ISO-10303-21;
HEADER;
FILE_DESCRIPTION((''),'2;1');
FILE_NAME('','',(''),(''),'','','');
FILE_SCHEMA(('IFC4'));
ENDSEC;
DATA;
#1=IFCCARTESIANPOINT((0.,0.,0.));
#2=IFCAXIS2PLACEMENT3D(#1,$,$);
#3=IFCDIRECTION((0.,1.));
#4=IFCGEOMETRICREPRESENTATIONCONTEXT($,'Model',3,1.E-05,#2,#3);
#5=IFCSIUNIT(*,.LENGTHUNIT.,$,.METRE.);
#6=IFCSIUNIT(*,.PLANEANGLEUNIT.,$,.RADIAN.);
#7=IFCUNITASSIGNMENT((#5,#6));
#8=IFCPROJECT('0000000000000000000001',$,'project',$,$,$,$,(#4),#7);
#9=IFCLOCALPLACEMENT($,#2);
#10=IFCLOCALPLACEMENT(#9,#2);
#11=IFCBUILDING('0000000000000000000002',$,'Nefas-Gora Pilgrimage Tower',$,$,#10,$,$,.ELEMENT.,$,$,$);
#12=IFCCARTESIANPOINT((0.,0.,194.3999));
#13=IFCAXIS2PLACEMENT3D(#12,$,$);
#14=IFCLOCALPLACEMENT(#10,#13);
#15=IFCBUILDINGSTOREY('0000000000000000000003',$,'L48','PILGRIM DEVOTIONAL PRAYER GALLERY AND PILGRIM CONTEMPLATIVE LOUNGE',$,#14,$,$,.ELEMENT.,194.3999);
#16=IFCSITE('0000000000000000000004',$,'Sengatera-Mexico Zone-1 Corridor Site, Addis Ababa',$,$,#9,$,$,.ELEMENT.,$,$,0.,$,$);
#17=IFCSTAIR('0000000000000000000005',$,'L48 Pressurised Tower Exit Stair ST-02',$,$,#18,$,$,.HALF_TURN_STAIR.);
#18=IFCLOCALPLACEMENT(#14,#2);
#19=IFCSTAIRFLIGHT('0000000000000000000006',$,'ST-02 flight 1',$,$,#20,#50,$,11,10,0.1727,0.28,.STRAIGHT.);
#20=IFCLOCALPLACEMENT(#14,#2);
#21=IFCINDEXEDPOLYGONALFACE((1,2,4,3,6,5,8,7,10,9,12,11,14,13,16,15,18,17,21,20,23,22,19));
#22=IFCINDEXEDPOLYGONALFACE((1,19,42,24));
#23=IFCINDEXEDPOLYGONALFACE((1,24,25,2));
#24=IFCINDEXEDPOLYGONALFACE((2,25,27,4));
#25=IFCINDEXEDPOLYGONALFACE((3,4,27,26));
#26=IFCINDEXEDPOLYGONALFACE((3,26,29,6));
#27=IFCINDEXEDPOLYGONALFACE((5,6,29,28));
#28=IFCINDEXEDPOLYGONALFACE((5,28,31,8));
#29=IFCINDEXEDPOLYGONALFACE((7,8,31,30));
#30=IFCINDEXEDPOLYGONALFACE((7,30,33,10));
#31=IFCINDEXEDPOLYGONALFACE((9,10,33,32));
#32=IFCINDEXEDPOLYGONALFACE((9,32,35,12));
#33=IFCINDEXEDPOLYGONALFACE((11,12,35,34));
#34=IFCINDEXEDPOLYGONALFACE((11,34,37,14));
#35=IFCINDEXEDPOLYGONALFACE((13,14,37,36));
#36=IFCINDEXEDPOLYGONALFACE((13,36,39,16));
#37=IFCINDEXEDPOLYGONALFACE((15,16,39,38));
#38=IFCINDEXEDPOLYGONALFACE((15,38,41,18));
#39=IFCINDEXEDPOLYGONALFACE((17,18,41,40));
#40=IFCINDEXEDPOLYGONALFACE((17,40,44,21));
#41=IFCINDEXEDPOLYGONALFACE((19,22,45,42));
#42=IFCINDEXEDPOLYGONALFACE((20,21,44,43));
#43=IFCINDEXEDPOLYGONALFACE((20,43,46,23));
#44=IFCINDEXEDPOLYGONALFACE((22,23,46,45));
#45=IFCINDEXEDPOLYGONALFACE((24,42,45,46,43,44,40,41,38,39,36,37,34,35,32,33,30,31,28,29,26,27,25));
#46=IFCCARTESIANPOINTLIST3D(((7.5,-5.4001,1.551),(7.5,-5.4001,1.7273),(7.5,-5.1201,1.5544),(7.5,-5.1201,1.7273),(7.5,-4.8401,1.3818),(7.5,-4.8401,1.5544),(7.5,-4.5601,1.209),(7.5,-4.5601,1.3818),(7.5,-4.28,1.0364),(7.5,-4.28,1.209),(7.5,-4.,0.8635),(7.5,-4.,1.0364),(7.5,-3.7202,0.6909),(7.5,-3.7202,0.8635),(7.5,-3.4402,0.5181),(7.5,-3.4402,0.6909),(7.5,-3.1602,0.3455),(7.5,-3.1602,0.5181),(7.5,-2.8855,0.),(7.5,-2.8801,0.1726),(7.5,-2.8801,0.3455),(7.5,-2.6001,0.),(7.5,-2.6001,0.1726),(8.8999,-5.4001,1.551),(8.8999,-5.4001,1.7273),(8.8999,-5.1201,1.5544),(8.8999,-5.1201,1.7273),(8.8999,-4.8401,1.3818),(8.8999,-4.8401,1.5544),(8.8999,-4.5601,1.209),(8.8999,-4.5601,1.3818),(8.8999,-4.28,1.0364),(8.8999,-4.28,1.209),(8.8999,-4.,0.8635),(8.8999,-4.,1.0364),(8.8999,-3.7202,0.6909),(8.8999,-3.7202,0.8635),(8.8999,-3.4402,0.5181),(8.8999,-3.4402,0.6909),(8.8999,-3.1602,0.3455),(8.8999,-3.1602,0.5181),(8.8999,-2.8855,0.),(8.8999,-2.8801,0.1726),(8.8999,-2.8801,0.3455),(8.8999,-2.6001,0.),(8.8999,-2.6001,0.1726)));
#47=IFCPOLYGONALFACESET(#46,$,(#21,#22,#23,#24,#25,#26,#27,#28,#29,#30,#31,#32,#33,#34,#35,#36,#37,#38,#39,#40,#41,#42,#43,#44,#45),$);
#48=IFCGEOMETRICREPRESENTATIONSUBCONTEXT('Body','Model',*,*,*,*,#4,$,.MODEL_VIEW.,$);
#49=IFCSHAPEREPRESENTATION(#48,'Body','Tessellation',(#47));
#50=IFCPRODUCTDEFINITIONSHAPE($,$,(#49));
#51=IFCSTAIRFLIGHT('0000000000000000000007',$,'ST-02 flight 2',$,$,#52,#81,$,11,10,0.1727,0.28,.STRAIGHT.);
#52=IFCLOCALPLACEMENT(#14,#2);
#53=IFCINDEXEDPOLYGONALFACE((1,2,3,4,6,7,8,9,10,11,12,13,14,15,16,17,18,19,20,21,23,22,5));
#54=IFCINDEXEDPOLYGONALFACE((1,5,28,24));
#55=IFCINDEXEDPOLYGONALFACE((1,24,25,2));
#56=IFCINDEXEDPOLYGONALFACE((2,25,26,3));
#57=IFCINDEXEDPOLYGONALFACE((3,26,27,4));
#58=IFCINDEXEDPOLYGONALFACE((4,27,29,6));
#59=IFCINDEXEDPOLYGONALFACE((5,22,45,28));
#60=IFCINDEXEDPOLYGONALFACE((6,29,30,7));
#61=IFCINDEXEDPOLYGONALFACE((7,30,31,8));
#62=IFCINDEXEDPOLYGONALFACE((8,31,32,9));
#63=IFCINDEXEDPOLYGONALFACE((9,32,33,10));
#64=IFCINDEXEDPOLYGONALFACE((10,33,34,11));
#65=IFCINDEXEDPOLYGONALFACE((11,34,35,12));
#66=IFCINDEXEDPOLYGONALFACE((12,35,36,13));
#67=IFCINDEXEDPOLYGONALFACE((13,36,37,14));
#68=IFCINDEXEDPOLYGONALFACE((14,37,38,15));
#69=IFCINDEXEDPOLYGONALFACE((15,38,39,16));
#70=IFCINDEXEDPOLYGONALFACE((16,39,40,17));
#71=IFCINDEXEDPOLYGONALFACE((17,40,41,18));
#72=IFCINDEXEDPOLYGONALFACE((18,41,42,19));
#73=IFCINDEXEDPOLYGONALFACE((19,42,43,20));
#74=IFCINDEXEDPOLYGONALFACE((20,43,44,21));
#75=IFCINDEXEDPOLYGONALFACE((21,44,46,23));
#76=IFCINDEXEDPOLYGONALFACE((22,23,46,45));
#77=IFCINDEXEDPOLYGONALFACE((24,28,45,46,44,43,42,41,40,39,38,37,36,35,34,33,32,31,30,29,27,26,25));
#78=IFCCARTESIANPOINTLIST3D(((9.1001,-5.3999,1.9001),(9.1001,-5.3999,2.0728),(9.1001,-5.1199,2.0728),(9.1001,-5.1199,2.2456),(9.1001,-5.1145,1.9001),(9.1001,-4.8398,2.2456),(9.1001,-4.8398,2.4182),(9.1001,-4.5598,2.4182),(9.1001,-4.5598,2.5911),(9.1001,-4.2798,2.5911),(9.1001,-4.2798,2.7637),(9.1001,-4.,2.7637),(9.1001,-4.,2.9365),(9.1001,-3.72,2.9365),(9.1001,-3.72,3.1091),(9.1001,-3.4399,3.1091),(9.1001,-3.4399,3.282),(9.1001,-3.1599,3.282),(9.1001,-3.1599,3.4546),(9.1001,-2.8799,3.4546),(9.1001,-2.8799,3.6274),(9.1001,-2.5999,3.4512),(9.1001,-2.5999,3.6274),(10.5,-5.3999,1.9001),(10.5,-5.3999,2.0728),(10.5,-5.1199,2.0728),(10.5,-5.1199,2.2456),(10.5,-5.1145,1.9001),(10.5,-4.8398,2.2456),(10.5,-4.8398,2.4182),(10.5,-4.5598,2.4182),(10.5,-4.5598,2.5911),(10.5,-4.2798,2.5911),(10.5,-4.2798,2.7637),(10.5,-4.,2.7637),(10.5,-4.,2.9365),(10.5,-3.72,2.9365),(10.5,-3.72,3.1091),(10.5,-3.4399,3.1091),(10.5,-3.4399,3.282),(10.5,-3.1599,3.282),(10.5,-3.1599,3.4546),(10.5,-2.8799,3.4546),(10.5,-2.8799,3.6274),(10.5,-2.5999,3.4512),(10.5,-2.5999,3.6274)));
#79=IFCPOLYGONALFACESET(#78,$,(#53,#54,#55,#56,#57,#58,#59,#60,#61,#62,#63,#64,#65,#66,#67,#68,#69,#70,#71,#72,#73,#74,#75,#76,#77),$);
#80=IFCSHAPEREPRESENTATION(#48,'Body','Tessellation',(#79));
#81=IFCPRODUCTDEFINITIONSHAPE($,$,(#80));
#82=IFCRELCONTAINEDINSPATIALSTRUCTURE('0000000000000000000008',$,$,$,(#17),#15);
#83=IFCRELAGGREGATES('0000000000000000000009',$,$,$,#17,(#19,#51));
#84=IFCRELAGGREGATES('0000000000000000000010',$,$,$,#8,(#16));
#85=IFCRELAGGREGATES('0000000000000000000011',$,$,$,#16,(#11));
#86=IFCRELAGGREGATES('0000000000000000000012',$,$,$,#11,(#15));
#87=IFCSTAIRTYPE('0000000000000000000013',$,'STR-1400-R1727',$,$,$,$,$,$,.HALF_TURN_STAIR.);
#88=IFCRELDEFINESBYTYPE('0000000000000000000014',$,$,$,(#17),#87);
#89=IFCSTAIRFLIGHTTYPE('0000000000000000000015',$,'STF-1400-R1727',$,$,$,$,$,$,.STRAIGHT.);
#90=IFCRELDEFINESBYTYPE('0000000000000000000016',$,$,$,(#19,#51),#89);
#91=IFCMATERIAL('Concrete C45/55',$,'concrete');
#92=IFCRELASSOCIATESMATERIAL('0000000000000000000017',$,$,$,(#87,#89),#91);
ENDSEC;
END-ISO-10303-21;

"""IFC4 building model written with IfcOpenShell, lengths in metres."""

from ifc_helpers import new_model, si_unit, direction, frame, origin, place, context, subcontext, project, spatial, polyline, outline, extrude, source, transform, mapped, material, type_object, element, aggregate, save


model = new_model("IFC4")

# Units and contexts
model_context = context("Model", 3, precision=1e-05, world=origin(), true_north=direction((0.0, 1.0)))
body_context = subcontext(model_context, "Body", "Model", "MODEL_VIEW")
ifc_project = project(units=[si_unit("LENGTHUNIT", "METRE"), si_unit("PLANEANGLEUNIT", "RADIAN")], contexts=[model_context])

# Site, building, storey
site_placement = place(None, origin())
site = spatial("IfcSite", under=ifc_project, at=site_placement, Name="Sengatera-Mexico Zone-1 Corridor Site, Addis Ababa", CompositionType="ELEMENT", RefElevation=0.0)
building_placement = place(site_placement, origin())
building = spatial("IfcBuilding", under=site, at=building_placement, Name="Nefas-Gora Pilgrimage Tower", CompositionType="ELEMENT")
storey_placement = place(building_placement, frame((0.0, 0.0, 194.3999)))
storey = spatial("IfcBuildingStorey", under=building, at=storey_placement, Name="L48", Description="PILGRIM DEVOTIONAL PRAYER GALLERY AND PILGRIM CONTEMPLATIVE LOUNGE", CompositionType="ELEMENT", Elevation=194.3999)

# Shared definitions
ifc_material_1 = material(Name="Concrete C45/55", Category="concrete")

# Stair, stair flights
stair_type = type_object("IfcStairType", Name="STR-1400-R1727", PredefinedType="HALF_TURN_STAIR", material=ifc_material_1)
stair_placement = place(storey_placement, origin())
stair = element("IfcStair", 1, at=stair_placement, inside=storey, type_object=stair_type, Name="L48 Pressurised Tower Exit Stair ST-02", PredefinedType="HALF_TURN_STAIR")
stair_flight_type = type_object("IfcStairFlightType", Name="STF-1400-R1727", PredefinedType="STRAIGHT", material=ifc_material_1)
shared_shape_1 = source(origin(), body_context, "Body", "SweptSolid", [
    extrude(outline(polyline([(0.0, 0.0), (0.0, 0.1726), (0.28, 0.1726), (0.28, 0.3455), (0.5601, 0.3455), (0.5601, 0.5181), (0.8401, 0.5181), (0.8401, 0.6909), (1.1201, 0.6909), (1.1201, 0.8635), (1.3999, 0.8635), (1.3999, 1.0364), (1.6799, 1.0364), (1.6799, 1.209), (1.96, 1.209), (1.96, 1.3818), (2.24, 1.3818), (2.24, 1.5544), (2.52, 1.5544), (2.52, 1.7273), (2.8, 1.7273), (2.8, 1.8999), (2.8, 1.551), (0.2854, 0.0), (0.0, 0.0)])), frame((0.0, 0.7, 0.0), z_axis=(0.0, -1.0, 0.0), x_axis=(1.0, 0.0, 0.0)), (0.0, 0.0, 1.0), 1.3999),
])
stair_flight_1_placement = place(storey_placement, frame((8.2, -2.6001, 0.0), z_axis=(0.0, 0.0, 1.0), x_axis=(0.0, -1.0, 0.0)))
stair_flight_1 = element("IfcStairFlight", 2, at=stair_flight_1_placement, type_object=stair_flight_type, Name="ST-02 flight 1", NumberOfRisers=11, NumberOfTreads=10, PredefinedType="STRAIGHT", RiserHeight=0.1727, TreadLength=0.28, context=body_context, shape_type="MappedRepresentation", body=[
    mapped(shared_shape_1, transform((0.0, 0.0, 0.0), x_axis=(1.0, 0.0, 0.0), y_axis=(0.0, 1.0, 0.0), z_axis=(0.0, 0.0, 1.0), scale=1.0)),
])
stair_flight_2_placement = place(storey_placement, frame((9.8, -5.3999, 1.9001), z_axis=(0.0, 0.0, 1.0), x_axis=(0.0, 1.0, 0.0)))
stair_flight_2 = element("IfcStairFlight", 3, at=stair_flight_2_placement, type_object=stair_flight_type, Name="ST-02 flight 2", NumberOfRisers=11, NumberOfTreads=10, PredefinedType="STRAIGHT", RiserHeight=0.1727, TreadLength=0.28, context=body_context, shape_type="MappedRepresentation", body=[
    mapped(shared_shape_1, transform((0.0, 0.0, 0.0), x_axis=(1.0, 0.0, 0.0), y_axis=(0.0, 1.0, 0.0), z_axis=(0.0, 0.0, 1.0), scale=1.0)),
])
aggregate(stair, [stair_flight_1, stair_flight_2])

save(model, "model.ifc")
